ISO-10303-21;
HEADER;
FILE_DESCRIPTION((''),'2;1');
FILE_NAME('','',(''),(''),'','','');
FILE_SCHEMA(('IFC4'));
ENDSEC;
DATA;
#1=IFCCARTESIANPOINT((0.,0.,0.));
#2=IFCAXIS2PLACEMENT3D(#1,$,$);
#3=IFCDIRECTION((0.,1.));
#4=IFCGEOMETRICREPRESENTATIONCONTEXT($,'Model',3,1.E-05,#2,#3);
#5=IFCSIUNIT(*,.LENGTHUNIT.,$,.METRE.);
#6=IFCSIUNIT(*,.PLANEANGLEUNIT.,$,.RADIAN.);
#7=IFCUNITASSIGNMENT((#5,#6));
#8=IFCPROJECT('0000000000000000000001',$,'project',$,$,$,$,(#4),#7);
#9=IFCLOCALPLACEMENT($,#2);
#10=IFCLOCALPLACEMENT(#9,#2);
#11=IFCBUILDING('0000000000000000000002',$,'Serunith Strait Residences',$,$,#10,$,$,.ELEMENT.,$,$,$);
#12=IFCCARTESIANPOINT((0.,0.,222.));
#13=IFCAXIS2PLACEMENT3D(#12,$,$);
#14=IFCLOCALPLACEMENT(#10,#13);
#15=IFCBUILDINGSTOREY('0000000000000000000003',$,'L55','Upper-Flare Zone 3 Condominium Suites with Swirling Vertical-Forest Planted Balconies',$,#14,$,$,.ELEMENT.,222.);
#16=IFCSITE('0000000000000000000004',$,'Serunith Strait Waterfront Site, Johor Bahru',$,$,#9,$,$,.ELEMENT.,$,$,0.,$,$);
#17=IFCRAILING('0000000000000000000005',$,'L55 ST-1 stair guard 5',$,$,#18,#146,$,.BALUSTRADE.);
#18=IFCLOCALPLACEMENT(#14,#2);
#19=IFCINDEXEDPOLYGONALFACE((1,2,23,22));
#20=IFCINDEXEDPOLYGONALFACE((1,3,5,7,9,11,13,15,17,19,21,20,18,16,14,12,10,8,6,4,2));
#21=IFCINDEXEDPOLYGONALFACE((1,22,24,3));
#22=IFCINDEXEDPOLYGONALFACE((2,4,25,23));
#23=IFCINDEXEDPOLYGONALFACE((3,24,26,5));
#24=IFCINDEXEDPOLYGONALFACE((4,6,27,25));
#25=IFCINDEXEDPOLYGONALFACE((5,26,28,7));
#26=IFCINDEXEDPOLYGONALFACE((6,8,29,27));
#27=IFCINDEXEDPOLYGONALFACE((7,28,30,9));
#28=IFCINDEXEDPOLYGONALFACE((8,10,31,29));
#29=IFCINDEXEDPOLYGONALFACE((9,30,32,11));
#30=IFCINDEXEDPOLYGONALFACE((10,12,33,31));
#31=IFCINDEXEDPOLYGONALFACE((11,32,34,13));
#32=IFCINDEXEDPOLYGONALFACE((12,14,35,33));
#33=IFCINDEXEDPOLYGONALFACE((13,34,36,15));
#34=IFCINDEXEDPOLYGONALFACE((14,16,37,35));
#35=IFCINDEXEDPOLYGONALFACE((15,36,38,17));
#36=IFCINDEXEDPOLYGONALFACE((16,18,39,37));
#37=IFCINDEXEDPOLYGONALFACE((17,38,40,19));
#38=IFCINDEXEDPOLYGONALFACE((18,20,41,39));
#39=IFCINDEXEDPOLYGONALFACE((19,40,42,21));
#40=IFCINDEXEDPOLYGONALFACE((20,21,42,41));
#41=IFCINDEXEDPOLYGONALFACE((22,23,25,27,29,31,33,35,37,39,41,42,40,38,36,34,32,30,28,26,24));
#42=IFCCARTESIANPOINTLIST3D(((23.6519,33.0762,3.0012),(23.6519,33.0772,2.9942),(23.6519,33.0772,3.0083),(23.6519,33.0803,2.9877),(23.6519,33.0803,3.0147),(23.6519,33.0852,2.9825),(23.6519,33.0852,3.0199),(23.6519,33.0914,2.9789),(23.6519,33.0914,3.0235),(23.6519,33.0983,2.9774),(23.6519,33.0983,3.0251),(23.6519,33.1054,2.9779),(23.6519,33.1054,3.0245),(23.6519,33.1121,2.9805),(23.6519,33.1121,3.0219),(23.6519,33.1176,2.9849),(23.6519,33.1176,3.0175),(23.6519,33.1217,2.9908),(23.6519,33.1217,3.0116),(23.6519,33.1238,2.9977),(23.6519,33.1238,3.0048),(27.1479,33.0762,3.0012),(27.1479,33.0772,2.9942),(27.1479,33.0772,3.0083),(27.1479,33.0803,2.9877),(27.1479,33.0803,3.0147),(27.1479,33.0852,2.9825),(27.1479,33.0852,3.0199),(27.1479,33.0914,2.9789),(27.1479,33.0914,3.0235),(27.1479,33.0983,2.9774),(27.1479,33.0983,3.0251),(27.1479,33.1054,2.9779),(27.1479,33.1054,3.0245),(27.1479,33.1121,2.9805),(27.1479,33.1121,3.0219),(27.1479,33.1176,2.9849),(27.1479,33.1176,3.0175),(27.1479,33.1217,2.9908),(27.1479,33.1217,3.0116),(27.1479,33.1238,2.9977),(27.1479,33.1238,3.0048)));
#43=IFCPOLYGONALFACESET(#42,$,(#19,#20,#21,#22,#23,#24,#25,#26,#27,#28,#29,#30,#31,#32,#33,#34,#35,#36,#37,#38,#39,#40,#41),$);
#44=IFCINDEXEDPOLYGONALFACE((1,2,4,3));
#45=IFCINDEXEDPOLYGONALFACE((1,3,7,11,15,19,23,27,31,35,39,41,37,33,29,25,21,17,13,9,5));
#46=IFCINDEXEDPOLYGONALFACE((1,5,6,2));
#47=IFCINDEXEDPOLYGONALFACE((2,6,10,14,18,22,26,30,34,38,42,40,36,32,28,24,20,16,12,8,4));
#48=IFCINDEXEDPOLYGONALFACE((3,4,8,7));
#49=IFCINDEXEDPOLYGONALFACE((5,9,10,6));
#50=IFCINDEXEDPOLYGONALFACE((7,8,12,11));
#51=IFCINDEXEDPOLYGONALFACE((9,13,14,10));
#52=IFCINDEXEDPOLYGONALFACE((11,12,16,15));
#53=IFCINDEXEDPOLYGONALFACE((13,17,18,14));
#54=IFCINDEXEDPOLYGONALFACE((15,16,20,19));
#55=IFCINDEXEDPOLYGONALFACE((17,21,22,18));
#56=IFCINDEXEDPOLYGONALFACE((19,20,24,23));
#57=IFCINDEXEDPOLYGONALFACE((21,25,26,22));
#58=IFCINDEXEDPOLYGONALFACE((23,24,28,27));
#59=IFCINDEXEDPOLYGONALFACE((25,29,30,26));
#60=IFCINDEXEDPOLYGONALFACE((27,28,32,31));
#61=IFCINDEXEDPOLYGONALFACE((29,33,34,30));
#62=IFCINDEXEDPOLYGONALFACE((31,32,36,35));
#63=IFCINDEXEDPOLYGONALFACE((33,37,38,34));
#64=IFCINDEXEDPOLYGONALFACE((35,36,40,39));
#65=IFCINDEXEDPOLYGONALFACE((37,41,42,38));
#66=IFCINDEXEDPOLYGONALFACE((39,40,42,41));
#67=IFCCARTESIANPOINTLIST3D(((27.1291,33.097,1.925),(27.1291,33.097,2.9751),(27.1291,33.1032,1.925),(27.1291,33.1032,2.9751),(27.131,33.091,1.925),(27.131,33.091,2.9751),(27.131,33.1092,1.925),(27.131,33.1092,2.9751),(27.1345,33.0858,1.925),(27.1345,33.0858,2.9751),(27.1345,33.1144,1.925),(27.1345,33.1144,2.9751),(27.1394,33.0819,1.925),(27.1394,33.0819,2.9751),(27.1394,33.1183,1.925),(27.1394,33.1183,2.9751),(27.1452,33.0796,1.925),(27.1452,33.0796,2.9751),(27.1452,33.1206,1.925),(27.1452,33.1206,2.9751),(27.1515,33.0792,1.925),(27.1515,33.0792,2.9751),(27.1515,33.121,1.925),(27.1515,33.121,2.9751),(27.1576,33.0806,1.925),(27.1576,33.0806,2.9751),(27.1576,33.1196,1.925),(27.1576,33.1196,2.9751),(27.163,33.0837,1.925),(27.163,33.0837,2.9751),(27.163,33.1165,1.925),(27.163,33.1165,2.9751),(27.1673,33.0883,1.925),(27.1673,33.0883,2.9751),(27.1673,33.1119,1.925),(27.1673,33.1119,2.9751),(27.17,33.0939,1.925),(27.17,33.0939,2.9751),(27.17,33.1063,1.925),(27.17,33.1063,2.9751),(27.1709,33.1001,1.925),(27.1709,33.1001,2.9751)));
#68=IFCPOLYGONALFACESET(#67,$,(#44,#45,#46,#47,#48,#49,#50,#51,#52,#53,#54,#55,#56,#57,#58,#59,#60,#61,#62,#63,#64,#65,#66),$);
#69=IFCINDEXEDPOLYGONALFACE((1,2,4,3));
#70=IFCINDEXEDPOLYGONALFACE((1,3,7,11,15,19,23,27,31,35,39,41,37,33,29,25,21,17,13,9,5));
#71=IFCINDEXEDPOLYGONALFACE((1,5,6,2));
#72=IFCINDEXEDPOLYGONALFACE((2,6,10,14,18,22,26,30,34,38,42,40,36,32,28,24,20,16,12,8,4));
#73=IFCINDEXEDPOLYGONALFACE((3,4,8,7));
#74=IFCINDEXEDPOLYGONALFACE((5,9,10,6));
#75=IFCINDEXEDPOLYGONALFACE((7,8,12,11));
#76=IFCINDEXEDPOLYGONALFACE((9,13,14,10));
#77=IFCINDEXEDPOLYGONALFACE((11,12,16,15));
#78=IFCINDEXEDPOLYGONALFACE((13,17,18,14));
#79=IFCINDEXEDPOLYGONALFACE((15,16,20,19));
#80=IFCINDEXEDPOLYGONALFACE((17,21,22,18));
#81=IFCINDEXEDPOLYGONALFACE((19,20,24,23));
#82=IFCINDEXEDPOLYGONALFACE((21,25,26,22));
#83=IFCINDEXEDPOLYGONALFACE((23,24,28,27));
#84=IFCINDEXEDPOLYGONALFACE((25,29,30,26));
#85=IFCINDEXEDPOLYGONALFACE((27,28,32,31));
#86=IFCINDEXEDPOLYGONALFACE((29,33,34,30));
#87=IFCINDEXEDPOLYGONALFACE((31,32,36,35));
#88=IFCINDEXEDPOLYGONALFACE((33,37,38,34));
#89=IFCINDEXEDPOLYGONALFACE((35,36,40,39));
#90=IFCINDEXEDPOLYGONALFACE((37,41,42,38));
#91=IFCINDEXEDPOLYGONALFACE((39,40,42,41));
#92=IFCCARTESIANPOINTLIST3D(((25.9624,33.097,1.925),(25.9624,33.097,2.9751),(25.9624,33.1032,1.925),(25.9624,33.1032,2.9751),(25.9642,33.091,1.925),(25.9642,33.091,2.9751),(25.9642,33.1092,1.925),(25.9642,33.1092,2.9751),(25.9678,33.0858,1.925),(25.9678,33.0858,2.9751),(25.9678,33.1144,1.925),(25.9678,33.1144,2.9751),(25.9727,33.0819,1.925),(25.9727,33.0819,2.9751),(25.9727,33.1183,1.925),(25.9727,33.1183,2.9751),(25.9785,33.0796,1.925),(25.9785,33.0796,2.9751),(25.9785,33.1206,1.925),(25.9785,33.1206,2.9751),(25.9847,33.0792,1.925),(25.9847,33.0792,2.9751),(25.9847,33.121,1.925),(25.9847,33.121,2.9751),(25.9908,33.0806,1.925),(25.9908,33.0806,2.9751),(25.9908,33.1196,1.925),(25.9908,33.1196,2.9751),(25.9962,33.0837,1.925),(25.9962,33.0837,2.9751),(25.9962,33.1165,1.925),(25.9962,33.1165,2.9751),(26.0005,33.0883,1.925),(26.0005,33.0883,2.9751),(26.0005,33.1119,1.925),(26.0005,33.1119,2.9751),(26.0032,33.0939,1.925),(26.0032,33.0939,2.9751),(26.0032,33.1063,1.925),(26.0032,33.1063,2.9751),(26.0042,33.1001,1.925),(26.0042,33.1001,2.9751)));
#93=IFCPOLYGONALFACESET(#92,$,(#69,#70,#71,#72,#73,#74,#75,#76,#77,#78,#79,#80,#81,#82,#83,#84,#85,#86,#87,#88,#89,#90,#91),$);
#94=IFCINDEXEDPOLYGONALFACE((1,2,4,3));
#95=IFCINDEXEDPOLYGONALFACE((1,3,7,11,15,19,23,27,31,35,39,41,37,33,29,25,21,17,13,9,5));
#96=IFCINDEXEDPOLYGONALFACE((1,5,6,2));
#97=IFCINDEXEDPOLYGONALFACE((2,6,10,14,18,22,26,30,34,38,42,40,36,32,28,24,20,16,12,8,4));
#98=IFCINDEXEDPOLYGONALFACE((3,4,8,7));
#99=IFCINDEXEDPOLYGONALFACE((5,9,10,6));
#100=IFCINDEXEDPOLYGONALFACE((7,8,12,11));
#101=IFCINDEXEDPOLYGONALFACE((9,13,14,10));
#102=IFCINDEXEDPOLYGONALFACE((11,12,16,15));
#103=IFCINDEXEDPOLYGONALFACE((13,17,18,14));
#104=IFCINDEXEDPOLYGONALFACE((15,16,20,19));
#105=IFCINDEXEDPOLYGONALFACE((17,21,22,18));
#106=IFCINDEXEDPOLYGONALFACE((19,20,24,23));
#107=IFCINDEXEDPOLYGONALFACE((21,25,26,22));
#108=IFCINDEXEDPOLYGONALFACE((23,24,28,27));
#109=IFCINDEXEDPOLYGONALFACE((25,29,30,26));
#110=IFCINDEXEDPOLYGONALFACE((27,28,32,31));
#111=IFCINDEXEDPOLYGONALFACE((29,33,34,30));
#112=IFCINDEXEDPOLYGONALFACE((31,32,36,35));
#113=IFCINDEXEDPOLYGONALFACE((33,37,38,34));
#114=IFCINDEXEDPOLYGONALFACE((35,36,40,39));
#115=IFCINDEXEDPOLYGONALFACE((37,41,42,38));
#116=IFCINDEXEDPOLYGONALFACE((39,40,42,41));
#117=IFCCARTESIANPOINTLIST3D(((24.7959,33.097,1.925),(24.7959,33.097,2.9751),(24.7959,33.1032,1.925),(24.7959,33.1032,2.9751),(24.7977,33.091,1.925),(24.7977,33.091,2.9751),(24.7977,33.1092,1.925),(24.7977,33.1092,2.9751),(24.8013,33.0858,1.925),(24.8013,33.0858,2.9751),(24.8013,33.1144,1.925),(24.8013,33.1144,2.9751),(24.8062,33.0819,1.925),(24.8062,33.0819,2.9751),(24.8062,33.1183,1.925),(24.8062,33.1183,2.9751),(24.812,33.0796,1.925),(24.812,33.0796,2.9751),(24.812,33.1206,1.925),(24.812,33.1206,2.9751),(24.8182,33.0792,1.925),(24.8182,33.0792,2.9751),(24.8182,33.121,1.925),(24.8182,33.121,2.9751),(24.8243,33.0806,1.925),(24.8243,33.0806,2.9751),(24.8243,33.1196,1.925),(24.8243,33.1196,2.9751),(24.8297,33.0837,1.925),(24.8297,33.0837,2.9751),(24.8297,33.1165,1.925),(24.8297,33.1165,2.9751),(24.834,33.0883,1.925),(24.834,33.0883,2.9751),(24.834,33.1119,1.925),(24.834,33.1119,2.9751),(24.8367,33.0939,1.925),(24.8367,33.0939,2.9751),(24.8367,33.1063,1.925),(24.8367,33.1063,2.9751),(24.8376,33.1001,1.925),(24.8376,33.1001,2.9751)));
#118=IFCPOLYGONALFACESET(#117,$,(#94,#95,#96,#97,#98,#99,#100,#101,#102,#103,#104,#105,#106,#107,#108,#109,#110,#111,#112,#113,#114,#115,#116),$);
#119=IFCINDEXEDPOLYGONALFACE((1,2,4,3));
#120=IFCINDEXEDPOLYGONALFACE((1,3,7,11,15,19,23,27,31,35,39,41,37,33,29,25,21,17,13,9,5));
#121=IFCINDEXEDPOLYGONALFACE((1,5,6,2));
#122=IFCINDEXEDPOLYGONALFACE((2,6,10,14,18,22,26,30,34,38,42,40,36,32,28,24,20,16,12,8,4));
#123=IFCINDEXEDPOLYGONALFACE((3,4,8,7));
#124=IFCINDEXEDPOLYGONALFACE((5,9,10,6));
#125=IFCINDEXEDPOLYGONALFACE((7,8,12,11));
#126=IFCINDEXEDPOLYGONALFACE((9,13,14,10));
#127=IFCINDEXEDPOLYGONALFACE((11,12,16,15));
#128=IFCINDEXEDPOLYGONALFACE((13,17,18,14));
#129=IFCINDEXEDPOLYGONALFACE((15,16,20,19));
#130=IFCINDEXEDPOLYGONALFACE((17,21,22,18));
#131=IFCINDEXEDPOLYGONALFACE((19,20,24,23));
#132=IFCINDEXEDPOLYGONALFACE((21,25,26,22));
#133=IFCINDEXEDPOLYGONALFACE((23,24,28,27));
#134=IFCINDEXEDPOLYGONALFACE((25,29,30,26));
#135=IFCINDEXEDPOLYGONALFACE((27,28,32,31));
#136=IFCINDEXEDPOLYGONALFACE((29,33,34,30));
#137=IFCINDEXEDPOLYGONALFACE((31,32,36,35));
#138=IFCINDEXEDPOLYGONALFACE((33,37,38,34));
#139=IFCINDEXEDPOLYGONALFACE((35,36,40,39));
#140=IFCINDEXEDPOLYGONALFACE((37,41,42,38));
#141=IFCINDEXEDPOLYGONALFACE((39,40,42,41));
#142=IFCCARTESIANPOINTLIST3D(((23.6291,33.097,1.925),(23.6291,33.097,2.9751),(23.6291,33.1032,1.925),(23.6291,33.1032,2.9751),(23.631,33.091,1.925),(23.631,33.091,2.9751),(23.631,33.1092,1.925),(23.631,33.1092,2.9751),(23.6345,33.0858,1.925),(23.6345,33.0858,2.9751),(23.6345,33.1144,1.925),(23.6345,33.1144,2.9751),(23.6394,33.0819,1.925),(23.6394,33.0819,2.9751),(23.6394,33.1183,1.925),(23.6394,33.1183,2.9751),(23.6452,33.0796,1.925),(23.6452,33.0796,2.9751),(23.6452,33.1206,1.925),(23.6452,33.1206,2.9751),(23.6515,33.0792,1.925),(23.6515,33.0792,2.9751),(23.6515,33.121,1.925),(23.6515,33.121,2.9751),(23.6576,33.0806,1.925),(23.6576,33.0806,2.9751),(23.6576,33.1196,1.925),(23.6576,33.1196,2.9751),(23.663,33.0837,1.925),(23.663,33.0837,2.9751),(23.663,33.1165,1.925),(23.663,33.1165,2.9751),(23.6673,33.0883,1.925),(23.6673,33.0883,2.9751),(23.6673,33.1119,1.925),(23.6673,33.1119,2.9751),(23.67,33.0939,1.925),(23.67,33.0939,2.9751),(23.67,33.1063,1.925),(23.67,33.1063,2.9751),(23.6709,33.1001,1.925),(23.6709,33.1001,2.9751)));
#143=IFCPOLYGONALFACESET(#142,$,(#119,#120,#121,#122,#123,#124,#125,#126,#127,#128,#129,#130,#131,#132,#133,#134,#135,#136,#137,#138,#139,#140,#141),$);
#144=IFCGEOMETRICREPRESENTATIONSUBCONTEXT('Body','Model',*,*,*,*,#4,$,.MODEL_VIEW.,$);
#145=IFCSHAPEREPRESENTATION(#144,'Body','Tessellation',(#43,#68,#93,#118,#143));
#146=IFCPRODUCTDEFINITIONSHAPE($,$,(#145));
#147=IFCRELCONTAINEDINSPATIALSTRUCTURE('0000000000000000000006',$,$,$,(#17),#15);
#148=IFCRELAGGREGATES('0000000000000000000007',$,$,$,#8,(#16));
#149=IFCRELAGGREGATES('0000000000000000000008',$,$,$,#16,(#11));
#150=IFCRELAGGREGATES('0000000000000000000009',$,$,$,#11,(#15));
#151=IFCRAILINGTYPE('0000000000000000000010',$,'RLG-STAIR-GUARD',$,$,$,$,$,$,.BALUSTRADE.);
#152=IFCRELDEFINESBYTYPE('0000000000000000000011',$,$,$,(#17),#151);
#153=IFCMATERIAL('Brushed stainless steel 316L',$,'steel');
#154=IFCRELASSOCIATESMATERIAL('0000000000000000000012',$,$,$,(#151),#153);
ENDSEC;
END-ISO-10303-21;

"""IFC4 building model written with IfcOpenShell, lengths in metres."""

from ifc_helpers import new_model, si_unit, direction, frame, origin, origin_2d, place, context, subcontext, project, spatial, circle, extrude, material, type_object, element, save


model = new_model("IFC4")

# Units and contexts
model_context = context("Model", 3, precision=1e-05, world=origin(), true_north=direction((0.0, 1.0)))
body_context = subcontext(model_context, "Body", "Model", "MODEL_VIEW")
ifc_project = project(units=[si_unit("LENGTHUNIT", "METRE"), si_unit("PLANEANGLEUNIT", "RADIAN")], contexts=[model_context])

# Site, building, storey
site_placement = place(None, origin())
site = spatial("IfcSite", under=ifc_project, at=site_placement, Name="Serunith Strait Waterfront Site, Johor Bahru", CompositionType="ELEMENT", RefElevation=0.0)
building_placement = place(site_placement, origin())
building = spatial("IfcBuilding", under=site, at=building_placement, Name="Serunith Strait Residences", CompositionType="ELEMENT")
storey_placement = place(building_placement, frame((0.0, 0.0, 222.0)))
storey = spatial("IfcBuildingStorey", under=building, at=storey_placement, Name="L55", Description="Upper-Flare Zone 3 Condominium Suites with Swirling Vertical-Forest Planted Balconies", CompositionType="ELEMENT", Elevation=222.0)

# Railing
ifc_material_1 = material(Name="Brushed stainless steel 316L", Category="steel")
railing_type_1 = type_object("IfcRailingType", Name="RLG-STAIR-GUARD", PredefinedType="BALUSTRADE", material=ifc_material_1)
railing_1_placement = place(storey_placement, frame((27.1499, 33.1001, 1.925)))
element("IfcRailing", 1, at=railing_1_placement, inside=storey, type_object=railing_type_1, Name="L55 ST-1 stair guard 5", PredefinedType="BALUSTRADE", context=body_context, shape_type="SweptSolid", body=[
    extrude(circle(Radius=0.0239, at=origin_2d()), frame((-0.002, 0.0, 1.0762), z_axis=(-1.0, 0.0, 0.0), x_axis=(0.0, -1.0, 0.0)), (0.0, 0.0, 1.0), 3.4961),
    extrude(circle(Radius=0.021, at=origin_2d()), origin(), (0.0, 0.0, 1.0), 1.05),
    extrude(circle(Radius=0.021, at=origin_2d()), frame((-1.1667, 0.0, 0.0)), (0.0, 0.0, 1.0), 1.05),
    extrude(circle(Radius=0.021, at=origin_2d()), frame((-2.3333, 0.0, 0.0)), (0.0, 0.0, 1.0), 1.05),
    extrude(circle(Radius=0.021, at=origin_2d()), frame((-3.5, 0.0, 0.0)), (0.0, 0.0, 1.0), 1.05),
])

save(model, "model.ifc")
